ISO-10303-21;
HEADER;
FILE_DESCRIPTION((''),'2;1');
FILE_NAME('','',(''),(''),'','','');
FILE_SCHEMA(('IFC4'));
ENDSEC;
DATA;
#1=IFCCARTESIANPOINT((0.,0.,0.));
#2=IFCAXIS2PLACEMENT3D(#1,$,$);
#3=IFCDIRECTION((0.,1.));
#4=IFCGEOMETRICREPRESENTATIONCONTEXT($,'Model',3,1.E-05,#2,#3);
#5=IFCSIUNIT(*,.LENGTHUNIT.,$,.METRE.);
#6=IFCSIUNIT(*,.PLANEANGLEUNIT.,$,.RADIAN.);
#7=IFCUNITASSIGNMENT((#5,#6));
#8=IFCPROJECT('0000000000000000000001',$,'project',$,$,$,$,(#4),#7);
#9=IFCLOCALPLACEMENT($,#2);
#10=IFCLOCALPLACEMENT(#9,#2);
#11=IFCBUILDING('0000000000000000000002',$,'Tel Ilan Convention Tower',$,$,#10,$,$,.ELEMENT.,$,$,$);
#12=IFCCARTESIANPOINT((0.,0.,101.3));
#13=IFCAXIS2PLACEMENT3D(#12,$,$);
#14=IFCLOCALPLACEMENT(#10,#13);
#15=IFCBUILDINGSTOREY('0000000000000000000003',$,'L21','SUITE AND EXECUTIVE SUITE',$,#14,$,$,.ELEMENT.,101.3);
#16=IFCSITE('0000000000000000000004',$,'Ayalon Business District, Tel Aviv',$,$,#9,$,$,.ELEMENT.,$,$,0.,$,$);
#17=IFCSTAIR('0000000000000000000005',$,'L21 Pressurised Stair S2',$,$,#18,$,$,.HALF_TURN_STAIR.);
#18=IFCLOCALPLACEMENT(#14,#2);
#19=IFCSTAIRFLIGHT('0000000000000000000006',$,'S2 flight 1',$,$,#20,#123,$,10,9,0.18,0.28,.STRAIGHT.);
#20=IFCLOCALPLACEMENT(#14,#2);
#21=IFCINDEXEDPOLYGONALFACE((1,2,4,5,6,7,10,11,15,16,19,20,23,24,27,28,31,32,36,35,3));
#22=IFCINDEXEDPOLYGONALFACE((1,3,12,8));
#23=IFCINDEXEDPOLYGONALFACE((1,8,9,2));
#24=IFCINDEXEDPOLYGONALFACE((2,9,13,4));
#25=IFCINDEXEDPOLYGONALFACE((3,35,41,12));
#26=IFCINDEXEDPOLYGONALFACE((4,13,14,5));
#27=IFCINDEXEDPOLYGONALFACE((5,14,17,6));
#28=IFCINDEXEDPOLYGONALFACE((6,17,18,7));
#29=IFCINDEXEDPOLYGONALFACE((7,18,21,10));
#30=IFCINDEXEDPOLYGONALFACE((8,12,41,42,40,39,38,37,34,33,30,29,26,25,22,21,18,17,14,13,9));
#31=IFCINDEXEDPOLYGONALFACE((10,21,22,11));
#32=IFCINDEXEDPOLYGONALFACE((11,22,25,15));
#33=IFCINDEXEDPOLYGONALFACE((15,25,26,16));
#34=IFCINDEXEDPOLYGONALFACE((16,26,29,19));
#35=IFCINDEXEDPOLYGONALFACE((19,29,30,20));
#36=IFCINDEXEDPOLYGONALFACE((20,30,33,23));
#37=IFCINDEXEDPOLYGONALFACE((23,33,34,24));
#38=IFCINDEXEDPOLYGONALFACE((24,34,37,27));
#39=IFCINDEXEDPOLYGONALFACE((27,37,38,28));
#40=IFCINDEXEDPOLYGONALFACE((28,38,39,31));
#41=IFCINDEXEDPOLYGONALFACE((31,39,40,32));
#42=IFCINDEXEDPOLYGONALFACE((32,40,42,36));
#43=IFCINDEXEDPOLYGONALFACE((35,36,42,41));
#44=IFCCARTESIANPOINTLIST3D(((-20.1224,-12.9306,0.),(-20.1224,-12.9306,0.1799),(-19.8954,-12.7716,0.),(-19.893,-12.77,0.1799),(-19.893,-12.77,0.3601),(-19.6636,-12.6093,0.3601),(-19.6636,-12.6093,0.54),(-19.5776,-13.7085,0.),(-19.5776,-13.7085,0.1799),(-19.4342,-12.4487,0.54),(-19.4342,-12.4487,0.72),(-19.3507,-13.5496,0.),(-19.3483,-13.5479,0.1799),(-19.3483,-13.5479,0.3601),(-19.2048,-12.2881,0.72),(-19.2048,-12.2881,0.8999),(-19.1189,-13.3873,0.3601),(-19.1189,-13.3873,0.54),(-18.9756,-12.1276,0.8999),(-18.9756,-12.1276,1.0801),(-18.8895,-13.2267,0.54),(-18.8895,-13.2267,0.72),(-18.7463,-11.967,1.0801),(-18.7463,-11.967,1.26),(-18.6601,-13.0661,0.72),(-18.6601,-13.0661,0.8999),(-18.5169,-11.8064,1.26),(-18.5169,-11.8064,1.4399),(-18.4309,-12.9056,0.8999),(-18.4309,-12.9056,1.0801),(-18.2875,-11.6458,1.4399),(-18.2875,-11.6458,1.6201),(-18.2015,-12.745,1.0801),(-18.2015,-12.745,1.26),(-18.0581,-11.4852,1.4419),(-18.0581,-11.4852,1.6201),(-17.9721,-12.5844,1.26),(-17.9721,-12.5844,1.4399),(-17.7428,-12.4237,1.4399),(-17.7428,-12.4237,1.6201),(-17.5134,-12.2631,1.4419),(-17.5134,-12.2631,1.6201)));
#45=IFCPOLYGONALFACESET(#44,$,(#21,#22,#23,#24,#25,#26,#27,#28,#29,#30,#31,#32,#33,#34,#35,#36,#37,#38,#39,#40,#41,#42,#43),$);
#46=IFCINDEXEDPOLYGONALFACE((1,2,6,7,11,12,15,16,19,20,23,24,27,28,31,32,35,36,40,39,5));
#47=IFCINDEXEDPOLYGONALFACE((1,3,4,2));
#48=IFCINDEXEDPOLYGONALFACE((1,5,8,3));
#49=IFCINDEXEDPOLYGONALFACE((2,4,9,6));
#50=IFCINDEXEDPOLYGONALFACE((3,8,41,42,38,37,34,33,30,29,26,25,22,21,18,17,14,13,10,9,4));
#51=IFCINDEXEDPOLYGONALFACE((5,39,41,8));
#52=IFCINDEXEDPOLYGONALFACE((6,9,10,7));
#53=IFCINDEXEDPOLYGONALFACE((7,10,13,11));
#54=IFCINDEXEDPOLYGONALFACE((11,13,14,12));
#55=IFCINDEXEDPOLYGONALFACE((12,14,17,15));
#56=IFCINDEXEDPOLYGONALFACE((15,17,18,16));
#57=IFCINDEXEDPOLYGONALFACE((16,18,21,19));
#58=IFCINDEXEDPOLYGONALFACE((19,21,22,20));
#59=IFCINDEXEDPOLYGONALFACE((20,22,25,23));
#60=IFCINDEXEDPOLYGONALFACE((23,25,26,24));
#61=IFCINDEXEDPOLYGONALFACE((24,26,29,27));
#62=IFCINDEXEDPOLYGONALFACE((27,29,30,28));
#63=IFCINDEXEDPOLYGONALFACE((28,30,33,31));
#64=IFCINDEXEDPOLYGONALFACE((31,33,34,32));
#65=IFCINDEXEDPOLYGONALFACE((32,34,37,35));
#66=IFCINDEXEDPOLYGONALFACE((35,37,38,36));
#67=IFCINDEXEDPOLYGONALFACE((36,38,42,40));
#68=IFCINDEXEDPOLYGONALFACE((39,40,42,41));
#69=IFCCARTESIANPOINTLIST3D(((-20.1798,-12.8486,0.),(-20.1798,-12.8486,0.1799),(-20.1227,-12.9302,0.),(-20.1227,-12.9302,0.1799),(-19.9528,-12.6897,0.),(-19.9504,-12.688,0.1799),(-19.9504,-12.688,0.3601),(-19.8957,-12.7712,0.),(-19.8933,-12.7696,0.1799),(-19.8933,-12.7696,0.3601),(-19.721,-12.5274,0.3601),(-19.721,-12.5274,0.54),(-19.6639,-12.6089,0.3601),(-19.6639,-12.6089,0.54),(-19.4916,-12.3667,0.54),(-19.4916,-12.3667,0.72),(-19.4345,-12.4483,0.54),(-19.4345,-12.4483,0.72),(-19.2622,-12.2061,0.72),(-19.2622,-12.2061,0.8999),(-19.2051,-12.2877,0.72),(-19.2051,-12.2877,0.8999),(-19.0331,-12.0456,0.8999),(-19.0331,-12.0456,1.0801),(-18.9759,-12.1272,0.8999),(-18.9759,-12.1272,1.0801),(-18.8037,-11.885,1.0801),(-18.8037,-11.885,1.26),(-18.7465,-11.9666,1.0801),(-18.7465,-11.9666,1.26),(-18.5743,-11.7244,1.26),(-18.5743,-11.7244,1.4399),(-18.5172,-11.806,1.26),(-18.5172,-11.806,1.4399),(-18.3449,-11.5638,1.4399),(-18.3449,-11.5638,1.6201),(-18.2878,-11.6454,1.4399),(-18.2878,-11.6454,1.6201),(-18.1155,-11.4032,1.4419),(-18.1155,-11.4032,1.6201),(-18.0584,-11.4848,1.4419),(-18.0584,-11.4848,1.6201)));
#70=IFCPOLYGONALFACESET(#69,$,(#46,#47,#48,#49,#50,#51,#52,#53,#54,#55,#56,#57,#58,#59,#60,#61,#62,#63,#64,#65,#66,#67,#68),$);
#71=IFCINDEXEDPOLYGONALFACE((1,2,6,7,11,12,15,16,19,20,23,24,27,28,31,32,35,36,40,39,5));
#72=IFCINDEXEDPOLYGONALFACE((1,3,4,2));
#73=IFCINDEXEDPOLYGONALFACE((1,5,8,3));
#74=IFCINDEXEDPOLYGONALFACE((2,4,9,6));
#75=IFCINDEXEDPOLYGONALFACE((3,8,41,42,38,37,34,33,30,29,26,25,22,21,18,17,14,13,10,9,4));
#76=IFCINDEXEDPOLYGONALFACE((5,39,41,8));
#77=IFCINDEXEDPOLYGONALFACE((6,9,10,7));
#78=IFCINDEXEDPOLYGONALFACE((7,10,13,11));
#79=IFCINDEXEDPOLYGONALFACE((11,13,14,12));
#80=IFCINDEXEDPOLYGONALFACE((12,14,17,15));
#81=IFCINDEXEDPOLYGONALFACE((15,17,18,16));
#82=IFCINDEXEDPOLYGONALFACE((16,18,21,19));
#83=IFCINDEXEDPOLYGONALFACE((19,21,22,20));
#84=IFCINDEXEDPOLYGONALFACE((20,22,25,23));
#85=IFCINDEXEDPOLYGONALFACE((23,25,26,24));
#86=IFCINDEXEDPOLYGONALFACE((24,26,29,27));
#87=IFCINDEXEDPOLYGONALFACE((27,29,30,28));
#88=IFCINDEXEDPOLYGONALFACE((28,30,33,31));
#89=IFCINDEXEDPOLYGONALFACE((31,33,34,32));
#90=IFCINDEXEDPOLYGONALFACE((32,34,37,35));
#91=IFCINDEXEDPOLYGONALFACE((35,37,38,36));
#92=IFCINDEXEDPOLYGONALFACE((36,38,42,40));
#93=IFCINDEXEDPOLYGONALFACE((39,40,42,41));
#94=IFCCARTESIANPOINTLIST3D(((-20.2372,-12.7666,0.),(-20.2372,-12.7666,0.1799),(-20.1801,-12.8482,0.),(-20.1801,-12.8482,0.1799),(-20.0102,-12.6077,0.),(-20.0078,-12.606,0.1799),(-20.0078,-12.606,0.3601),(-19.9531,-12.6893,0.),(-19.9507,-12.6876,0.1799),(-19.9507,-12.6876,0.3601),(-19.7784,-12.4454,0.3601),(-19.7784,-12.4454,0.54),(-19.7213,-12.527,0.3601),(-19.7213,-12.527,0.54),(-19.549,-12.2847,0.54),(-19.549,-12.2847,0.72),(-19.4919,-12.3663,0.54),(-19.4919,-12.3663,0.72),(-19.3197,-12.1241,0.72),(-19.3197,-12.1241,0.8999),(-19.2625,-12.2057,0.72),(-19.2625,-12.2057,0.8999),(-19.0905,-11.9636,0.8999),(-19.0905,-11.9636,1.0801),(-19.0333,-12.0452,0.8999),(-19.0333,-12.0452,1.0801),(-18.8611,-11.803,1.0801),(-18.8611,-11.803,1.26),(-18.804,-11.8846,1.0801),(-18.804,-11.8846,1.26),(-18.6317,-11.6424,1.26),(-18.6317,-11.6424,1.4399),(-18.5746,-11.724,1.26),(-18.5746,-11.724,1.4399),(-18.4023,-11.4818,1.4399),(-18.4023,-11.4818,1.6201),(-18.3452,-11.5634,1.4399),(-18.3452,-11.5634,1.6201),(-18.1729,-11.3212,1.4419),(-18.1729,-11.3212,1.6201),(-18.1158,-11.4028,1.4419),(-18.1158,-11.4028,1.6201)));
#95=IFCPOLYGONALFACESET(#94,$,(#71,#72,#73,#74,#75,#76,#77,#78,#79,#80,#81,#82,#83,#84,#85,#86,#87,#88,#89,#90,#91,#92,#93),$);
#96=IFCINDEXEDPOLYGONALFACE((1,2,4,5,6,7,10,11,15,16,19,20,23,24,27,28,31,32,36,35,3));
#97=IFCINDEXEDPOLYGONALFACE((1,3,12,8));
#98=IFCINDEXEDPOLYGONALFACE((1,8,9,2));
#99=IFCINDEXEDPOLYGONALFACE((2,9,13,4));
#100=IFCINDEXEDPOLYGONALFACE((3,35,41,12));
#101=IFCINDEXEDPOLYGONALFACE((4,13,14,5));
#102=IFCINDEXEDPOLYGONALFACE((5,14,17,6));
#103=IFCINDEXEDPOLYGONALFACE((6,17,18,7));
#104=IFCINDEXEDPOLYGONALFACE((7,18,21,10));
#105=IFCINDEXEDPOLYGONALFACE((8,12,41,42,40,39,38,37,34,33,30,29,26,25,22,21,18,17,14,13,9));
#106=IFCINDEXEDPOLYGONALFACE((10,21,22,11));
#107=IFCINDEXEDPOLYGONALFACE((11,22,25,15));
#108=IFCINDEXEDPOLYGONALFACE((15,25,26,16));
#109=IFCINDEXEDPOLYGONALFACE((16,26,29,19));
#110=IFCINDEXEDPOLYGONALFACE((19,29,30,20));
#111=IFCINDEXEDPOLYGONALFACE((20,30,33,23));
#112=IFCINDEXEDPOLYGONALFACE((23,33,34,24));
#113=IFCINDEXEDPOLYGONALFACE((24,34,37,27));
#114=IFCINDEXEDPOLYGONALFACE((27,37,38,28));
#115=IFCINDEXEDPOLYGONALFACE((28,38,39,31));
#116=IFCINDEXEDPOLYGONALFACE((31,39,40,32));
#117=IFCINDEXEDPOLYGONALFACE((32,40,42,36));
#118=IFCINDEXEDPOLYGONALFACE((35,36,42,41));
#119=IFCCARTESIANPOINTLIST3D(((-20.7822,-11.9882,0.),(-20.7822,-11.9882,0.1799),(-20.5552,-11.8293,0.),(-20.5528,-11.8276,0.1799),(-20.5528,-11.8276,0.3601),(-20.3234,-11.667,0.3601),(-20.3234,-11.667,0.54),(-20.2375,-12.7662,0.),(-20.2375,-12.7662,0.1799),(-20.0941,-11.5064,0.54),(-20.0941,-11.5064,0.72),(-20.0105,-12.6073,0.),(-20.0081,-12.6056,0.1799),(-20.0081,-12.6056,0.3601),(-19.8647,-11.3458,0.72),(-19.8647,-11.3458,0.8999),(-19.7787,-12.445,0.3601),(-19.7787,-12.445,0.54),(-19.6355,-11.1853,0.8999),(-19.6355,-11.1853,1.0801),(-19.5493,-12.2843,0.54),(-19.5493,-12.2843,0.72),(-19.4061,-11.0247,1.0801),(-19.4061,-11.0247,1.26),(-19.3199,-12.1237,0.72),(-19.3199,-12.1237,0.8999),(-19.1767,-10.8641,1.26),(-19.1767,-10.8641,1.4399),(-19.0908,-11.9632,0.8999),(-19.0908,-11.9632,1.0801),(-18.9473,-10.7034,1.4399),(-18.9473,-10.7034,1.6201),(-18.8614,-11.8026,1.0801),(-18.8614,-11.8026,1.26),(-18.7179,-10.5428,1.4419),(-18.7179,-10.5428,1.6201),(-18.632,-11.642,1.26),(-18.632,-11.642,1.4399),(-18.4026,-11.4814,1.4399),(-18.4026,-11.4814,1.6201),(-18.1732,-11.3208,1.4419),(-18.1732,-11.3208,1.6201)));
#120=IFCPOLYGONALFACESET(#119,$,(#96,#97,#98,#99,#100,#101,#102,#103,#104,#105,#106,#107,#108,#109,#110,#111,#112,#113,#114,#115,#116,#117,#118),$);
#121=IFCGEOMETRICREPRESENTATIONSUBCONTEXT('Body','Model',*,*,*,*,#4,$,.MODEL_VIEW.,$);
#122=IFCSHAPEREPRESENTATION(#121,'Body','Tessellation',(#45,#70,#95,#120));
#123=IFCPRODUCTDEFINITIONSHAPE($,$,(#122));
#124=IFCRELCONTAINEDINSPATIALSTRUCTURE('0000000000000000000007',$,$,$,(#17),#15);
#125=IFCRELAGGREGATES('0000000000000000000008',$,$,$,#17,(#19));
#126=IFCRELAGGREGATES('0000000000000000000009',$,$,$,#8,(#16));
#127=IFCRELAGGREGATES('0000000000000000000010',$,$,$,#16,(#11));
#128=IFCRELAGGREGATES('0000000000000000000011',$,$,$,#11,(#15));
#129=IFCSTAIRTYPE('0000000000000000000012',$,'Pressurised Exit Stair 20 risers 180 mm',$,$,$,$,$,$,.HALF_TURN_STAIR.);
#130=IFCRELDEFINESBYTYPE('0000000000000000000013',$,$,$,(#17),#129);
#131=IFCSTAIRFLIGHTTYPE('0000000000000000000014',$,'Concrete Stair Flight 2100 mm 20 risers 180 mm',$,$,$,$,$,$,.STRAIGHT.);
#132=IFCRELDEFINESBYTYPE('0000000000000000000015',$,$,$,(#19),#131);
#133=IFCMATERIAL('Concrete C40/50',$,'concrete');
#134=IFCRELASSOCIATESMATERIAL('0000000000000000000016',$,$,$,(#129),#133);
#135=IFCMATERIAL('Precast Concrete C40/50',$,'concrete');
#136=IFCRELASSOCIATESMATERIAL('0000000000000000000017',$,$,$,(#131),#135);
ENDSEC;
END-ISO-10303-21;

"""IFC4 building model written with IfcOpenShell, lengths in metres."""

from ifc_helpers import new_model, si_unit, direction, frame, origin, place, context, subcontext, project, spatial, polyline, outline, extrude, material, type_object, element, aggregate, save


model = new_model("IFC4")

# Units and contexts
model_context = context("Model", 3, precision=1e-05, world=origin(), true_north=direction((0.0, 1.0)))
body_context = subcontext(model_context, "Body", "Model", "MODEL_VIEW")
ifc_project = project(units=[si_unit("LENGTHUNIT", "METRE"), si_unit("PLANEANGLEUNIT", "RADIAN")], contexts=[model_context])

# Site, building, storey
site_placement = place(None, origin())
site = spatial("IfcSite", under=ifc_project, at=site_placement, Name="Ayalon Business District, Tel Aviv", CompositionType="ELEMENT", RefElevation=0.0)
building_placement = place(site_placement, origin())
building = spatial("IfcBuilding", under=site, at=building_placement, Name="Tel Ilan Convention Tower", CompositionType="ELEMENT")
storey_placement = place(building_placement, frame((0.0, 0.0, 101.3)))
storey = spatial("IfcBuildingStorey", under=building, at=storey_placement, Name="L21", Description="SUITE AND EXECUTIVE SUITE", CompositionType="ELEMENT", Elevation=101.3)

# Stair, stair flight
ifc_material_1 = material(Name="Concrete C40/50", Category="concrete")
stair_type = type_object("IfcStairType", Name="Pressurised Exit Stair 20 risers 180 mm", PredefinedType="HALF_TURN_STAIR", material=ifc_material_1)
ifc_material_2 = material(Name="Precast Concrete C40/50", Category="concrete")
stair_flight_type = type_object("IfcStairFlightType", Name="Concrete Stair Flight 2100 mm 20 risers 180 mm", PredefinedType="STRAIGHT", material=ifc_material_2)
stair_1_placement = place(storey_placement, origin())
stair_1 = element("IfcStair", 1, at=stair_1_placement, inside=storey, type_object=stair_type, Name="L21 Pressurised Stair S2", PredefinedType="HALF_TURN_STAIR")
stair_flight_1_placement = place(storey_placement, frame((-20.1799, -12.8484, 0.0), z_axis=(0.0, 0.0, 1.0), x_axis=(0.819152, 0.573576, 0.0)))
stair_flight_1 = element("IfcStairFlight", 2, at=stair_flight_1_placement, type_object=stair_flight_type, Name="S2 flight 1", NumberOfRisers=10, NumberOfTreads=9, PredefinedType="STRAIGHT", RiserHeight=0.18, TreadLength=0.28, context=body_context, shape_type="SweptSolid", body=[
    extrude(outline(polyline([(0.0, 0.0), (0.0, 0.1799), (0.28, 0.1799), (0.28, 0.3601), (0.5601, 0.3601), (0.5601, 0.54), (0.8401, 0.54), (0.8401, 0.72), (1.1201, 0.72), (1.1201, 0.8999), (1.3999, 0.8999), (1.3999, 1.0801), (1.6799, 1.0801), (1.6799, 1.26), (1.96, 1.26), (1.96, 1.4399), (2.24, 1.4399), (2.24, 1.6201), (2.52, 1.6201), (2.52, 1.8), (2.52, 1.4419), (0.2771, 0.0), (0.0, 0.0)])), frame((0.0, -0.1003, 0.0), z_axis=(0.0, -1.0, 0.0), x_axis=(1.0, 0.0, 0.0)), (0.0, 0.0, 1.0), 0.9497),
    extrude(outline(polyline([(0.0, 0.0), (0.0, 0.1799), (0.28, 0.1799), (0.28, 0.3601), (0.5601, 0.3601), (0.5601, 0.54), (0.8401, 0.54), (0.8401, 0.72), (1.1201, 0.72), (1.1201, 0.8999), (1.3999, 0.8999), (1.3999, 1.0801), (1.6799, 1.0801), (1.6799, 1.26), (1.96, 1.26), (1.96, 1.4399), (2.24, 1.4399), (2.24, 1.6201), (2.52, 1.6201), (2.52, 1.8), (2.52, 1.4419), (0.2771, 0.0), (0.0, 0.0)])), frame((0.0, -0.0002, 0.0), z_axis=(0.0, -1.0, 0.0), x_axis=(1.0, 0.0, 0.0)), (0.0, 0.0, 1.0), 0.0996),
    extrude(outline(polyline([(0.0, 0.0), (0.0, 0.1799), (0.28, 0.1799), (0.28, 0.3601), (0.5601, 0.3601), (0.5601, 0.54), (0.8401, 0.54), (0.8401, 0.72), (1.1201, 0.72), (1.1201, 0.8999), (1.3999, 0.8999), (1.3999, 1.0801), (1.6799, 1.0801), (1.6799, 1.26), (1.96, 1.26), (1.96, 1.4399), (2.24, 1.4399), (2.24, 1.6201), (2.52, 1.6201), (2.52, 1.8), (2.52, 1.4419), (0.2771, 0.0), (0.0, 0.0)])), frame((0.0, 0.0999, 0.0), z_axis=(0.0, -1.0, 0.0), x_axis=(1.0, 0.0, 0.0)), (0.0, 0.0, 1.0), 0.0996),
    extrude(outline(polyline([(0.0, 0.0), (0.0, 0.1799), (0.28, 0.1799), (0.28, 0.3601), (0.5601, 0.3601), (0.5601, 0.54), (0.8401, 0.54), (0.8401, 0.72), (1.1201, 0.72), (1.1201, 0.8999), (1.3999, 0.8999), (1.3999, 1.0801), (1.6799, 1.0801), (1.6799, 1.26), (1.96, 1.26), (1.96, 1.4399), (2.24, 1.4399), (2.24, 1.6201), (2.52, 1.6201), (2.52, 1.8), (2.52, 1.4419), (0.2771, 0.0), (0.0, 0.0)])), frame((0.0, 1.05, 0.0), z_axis=(0.0, -1.0, 0.0), x_axis=(1.0, 0.0, 0.0)), (0.0, 0.0, 1.0), 0.9497),
])
aggregate(stair_1, [stair_flight_1])

save(model, "model.ifc")
